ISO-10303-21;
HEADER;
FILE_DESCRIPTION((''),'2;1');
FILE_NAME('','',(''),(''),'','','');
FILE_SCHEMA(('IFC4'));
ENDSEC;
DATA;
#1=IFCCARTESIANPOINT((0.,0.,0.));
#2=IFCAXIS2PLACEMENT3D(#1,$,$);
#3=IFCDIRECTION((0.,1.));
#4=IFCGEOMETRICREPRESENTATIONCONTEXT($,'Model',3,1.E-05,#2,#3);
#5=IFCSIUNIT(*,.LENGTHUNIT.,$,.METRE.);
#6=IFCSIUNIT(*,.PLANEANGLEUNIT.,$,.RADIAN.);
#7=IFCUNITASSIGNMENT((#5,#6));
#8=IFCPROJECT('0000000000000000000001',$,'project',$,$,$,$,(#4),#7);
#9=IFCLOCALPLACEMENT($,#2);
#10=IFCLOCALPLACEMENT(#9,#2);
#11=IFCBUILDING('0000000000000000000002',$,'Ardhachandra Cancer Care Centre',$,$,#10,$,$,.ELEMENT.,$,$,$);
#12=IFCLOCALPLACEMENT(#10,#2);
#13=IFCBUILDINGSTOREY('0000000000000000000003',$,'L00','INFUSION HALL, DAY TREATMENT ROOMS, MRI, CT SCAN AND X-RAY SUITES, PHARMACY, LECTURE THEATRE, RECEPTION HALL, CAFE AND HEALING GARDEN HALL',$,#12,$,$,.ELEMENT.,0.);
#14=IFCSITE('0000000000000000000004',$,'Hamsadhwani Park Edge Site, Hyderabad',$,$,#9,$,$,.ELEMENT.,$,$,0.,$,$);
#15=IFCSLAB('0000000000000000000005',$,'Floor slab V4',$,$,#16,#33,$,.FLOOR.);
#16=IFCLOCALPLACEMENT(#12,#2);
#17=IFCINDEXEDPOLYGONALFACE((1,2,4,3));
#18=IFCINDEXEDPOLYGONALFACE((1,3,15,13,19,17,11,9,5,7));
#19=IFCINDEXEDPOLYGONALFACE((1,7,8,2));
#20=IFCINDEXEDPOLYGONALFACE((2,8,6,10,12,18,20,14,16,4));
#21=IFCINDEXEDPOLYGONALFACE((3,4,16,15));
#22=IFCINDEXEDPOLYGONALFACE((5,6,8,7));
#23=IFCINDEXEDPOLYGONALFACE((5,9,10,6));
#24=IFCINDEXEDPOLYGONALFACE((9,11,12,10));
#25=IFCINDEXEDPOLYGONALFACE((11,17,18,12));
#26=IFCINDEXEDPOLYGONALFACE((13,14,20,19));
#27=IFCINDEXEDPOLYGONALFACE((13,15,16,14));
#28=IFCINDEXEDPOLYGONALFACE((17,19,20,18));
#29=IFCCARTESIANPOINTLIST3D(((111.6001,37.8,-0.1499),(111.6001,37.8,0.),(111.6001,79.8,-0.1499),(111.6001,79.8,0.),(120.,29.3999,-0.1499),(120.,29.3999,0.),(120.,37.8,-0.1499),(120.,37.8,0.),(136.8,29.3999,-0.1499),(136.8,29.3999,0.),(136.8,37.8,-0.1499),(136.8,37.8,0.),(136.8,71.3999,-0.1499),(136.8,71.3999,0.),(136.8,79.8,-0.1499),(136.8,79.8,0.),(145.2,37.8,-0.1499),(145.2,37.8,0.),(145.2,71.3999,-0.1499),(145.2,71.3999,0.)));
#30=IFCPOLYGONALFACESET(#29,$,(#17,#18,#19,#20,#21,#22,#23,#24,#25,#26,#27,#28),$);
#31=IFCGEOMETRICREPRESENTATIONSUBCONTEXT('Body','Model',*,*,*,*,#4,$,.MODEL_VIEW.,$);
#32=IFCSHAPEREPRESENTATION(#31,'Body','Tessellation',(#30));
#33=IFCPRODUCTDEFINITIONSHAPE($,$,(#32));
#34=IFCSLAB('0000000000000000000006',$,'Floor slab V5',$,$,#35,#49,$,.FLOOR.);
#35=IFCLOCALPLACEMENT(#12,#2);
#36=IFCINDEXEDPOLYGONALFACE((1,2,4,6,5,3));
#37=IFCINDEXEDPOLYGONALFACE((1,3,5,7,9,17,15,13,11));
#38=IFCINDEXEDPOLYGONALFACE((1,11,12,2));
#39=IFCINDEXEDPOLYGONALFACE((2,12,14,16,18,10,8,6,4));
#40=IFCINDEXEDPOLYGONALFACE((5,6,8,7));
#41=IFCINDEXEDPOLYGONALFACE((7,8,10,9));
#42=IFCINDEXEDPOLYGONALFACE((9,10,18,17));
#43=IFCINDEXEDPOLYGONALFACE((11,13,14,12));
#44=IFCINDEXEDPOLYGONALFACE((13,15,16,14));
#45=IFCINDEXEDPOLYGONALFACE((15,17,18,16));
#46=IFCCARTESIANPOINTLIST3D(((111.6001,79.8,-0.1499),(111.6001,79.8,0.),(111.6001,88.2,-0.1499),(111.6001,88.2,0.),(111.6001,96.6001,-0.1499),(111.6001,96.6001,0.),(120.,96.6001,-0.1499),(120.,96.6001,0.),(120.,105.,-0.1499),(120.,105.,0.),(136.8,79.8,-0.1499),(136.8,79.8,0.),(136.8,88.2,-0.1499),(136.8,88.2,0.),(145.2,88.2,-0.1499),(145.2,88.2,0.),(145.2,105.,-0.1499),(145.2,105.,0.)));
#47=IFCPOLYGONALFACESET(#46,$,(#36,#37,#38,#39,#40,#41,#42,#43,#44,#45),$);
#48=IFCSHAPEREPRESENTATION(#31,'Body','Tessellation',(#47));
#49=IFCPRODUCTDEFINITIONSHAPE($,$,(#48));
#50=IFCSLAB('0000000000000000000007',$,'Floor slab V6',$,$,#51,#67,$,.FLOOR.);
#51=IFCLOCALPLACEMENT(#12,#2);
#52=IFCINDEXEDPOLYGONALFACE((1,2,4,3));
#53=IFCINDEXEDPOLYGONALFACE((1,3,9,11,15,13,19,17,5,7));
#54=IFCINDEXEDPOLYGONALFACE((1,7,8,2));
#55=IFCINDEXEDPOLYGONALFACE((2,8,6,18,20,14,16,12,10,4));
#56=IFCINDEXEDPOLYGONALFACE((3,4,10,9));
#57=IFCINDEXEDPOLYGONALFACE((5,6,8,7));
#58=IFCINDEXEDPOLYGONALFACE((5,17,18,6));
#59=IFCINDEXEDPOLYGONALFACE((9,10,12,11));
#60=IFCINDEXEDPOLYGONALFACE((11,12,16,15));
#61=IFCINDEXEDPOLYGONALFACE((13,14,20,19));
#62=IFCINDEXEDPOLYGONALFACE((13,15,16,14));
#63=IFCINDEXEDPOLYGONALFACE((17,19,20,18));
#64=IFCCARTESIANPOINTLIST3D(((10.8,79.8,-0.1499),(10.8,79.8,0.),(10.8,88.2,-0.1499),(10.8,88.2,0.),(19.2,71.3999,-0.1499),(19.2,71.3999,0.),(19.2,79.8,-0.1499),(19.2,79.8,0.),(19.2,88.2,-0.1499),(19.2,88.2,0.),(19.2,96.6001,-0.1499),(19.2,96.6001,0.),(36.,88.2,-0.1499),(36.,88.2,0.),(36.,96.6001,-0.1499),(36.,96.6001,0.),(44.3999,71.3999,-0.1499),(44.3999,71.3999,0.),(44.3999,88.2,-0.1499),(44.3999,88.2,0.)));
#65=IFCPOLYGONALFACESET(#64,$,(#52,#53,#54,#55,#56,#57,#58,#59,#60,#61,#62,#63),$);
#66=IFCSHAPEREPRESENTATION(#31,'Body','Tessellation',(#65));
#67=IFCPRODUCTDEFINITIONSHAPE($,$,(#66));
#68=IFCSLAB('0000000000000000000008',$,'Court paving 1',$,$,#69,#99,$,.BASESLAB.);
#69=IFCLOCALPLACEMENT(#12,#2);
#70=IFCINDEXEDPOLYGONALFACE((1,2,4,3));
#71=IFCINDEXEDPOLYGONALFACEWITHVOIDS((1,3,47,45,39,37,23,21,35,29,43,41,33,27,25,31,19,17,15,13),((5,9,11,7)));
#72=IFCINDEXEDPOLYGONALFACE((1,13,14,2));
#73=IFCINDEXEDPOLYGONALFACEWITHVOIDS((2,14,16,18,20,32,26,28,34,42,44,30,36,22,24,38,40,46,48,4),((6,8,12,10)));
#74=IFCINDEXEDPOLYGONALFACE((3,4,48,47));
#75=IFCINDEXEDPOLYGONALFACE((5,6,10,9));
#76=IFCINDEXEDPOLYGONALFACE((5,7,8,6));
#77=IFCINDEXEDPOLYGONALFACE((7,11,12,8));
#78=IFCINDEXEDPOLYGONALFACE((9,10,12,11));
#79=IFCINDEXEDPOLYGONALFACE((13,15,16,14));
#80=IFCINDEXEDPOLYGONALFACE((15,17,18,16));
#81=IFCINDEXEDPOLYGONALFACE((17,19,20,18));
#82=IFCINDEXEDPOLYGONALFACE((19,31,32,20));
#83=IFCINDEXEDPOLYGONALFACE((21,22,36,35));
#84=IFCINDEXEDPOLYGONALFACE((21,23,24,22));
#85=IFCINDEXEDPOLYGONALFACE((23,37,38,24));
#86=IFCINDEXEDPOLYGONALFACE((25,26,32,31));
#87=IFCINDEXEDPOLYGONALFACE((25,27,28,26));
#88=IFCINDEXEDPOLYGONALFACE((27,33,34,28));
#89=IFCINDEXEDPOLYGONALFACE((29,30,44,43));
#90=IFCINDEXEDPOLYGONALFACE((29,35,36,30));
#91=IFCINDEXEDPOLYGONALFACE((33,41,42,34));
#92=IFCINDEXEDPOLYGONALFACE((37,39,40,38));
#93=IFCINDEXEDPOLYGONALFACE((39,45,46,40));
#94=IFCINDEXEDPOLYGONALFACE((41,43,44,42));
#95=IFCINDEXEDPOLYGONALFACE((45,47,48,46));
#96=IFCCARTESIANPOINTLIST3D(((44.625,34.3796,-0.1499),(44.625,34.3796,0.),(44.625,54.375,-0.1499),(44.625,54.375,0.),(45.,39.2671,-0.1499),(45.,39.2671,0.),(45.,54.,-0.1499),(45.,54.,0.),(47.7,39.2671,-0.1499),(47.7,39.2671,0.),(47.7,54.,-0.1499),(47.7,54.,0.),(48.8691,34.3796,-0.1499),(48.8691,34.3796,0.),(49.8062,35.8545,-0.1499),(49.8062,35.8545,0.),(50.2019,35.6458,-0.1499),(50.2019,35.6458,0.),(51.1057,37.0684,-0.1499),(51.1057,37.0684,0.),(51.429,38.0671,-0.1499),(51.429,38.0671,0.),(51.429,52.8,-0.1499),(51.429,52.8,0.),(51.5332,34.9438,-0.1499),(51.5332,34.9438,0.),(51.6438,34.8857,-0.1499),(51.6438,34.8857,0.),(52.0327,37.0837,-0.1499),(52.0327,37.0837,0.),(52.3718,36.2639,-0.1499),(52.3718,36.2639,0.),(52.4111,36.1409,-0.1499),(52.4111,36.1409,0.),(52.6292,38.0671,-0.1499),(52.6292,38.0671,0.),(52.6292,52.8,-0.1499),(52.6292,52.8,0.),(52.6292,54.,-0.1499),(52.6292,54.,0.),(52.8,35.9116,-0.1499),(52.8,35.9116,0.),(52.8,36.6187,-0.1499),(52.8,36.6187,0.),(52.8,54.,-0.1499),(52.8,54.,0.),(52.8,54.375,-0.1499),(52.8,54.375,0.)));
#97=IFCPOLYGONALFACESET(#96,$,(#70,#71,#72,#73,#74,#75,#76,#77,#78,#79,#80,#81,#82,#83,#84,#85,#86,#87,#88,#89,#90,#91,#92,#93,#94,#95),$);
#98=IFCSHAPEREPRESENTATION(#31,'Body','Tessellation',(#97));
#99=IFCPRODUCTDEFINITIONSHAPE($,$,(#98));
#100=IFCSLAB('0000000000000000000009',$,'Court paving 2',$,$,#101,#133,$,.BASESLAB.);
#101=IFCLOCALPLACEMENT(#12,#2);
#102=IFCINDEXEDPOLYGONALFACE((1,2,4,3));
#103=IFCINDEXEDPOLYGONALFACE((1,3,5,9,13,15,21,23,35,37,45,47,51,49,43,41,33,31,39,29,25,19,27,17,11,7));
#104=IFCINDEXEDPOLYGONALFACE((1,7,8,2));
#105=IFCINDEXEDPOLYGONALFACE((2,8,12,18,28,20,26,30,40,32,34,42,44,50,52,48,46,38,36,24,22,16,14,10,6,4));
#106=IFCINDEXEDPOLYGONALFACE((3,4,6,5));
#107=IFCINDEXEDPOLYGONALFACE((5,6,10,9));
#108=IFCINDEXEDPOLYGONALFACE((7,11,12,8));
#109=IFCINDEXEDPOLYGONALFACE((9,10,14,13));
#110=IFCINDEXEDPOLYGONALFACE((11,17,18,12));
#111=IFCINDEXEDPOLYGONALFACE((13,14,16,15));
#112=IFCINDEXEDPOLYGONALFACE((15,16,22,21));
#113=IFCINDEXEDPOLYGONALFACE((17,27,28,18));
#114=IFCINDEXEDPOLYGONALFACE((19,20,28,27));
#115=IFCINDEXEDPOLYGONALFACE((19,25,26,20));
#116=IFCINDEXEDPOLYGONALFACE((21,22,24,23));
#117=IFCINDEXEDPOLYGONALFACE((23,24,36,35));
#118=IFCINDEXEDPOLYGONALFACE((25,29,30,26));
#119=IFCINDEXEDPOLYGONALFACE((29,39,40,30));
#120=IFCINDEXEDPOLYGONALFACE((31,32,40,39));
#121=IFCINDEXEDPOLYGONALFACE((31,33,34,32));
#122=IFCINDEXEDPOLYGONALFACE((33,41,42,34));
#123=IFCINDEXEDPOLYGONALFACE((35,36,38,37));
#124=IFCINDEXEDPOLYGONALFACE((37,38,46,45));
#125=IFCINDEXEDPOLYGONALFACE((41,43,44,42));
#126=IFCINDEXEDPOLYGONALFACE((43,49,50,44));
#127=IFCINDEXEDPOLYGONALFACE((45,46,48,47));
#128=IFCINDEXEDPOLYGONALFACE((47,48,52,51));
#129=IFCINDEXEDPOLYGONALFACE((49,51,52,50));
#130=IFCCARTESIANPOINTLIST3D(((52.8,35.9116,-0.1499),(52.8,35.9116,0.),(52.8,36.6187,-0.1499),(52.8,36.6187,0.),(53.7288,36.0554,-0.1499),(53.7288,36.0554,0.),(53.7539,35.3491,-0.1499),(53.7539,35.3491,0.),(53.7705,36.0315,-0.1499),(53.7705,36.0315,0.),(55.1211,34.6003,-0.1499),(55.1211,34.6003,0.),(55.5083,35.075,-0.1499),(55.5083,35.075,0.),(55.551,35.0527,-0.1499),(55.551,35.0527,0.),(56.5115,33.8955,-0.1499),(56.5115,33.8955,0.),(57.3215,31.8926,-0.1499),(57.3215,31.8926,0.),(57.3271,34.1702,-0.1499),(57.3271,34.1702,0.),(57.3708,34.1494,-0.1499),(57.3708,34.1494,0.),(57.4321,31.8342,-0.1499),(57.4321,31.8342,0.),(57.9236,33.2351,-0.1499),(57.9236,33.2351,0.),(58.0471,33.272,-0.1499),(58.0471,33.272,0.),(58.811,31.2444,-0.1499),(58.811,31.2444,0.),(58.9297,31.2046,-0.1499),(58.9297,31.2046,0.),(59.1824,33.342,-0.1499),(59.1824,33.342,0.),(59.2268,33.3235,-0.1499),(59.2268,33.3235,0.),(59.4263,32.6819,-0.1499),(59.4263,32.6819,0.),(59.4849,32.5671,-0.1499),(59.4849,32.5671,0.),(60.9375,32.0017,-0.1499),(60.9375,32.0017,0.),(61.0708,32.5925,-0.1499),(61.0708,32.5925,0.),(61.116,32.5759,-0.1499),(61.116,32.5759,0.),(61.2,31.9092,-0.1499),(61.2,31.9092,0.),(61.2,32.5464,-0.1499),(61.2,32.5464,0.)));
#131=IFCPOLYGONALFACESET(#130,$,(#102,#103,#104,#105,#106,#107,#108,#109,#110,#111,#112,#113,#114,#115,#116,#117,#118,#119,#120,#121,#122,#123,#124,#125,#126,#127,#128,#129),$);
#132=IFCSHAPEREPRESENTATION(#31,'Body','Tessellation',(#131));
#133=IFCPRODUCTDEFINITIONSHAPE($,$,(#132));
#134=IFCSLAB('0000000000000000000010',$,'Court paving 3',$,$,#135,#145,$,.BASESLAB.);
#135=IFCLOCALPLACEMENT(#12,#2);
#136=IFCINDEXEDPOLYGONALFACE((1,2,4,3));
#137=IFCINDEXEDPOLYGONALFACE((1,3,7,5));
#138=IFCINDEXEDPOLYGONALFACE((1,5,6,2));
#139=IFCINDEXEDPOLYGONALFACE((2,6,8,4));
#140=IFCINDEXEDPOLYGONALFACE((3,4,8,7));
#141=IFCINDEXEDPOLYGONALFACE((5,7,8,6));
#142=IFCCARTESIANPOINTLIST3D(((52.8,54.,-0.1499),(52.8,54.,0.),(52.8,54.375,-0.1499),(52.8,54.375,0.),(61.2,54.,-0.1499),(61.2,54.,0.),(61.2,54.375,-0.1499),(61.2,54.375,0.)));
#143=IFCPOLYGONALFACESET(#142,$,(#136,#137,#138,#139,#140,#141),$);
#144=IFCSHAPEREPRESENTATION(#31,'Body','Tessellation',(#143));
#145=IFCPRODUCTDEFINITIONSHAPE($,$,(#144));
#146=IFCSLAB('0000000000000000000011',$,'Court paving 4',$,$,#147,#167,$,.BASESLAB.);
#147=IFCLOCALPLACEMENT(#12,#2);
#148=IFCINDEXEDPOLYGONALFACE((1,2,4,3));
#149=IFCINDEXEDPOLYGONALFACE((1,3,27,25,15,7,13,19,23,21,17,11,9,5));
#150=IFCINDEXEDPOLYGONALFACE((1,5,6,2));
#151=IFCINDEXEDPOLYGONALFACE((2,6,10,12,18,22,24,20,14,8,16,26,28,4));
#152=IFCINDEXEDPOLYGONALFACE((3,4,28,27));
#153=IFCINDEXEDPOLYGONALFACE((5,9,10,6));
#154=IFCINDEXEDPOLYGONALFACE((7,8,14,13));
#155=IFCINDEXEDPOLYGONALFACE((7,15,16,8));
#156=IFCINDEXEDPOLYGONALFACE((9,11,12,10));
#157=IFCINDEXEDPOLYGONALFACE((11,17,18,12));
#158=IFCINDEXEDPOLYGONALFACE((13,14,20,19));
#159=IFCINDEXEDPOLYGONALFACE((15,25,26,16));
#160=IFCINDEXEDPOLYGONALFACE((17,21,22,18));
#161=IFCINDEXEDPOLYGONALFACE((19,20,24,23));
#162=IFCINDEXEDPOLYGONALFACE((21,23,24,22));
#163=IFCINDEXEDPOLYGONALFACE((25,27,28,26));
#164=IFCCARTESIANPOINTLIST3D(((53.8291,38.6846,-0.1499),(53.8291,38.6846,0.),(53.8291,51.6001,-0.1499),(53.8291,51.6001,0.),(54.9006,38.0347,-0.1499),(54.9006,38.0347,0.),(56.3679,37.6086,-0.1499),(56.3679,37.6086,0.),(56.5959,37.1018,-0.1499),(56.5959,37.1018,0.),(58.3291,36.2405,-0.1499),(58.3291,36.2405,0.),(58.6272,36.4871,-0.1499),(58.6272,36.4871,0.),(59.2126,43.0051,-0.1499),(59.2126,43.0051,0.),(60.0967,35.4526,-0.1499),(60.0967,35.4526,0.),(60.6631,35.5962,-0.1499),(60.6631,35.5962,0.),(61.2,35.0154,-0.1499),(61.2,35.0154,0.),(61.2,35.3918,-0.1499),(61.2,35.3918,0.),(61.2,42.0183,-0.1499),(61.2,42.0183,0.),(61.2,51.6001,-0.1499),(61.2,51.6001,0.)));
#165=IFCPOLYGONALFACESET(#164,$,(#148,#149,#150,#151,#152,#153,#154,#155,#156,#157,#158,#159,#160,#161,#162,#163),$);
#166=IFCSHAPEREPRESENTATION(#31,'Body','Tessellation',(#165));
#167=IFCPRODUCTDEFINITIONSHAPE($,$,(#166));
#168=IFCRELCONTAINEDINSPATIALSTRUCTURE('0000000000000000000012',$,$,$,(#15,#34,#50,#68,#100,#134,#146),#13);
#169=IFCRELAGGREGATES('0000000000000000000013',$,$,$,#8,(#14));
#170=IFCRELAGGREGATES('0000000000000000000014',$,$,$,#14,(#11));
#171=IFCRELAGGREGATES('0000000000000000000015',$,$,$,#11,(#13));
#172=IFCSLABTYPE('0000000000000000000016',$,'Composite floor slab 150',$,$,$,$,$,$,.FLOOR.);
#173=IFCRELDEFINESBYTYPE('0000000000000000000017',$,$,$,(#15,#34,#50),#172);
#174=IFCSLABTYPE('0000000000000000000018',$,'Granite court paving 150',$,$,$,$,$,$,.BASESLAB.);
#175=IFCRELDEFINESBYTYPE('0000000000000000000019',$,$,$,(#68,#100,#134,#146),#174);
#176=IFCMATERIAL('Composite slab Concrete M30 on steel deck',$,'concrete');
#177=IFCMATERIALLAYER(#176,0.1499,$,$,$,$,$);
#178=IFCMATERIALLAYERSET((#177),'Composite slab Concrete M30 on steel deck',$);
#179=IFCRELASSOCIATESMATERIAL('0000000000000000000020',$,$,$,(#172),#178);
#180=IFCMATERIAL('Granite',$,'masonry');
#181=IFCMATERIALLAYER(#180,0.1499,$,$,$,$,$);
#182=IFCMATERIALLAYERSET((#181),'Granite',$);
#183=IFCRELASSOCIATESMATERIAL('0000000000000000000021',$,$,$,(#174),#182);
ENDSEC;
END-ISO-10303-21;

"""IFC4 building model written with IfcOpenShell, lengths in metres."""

from ifc_helpers import new_model, si_unit, direction, frame, origin, place, context, subcontext, project, spatial, polyline, outline, extrude, material, layer, layer_set, type_object, element, save


model = new_model("IFC4")

# Units and contexts
model_context = context("Model", 3, precision=1e-05, world=origin(), true_north=direction((0.0, 1.0)))
body_context = subcontext(model_context, "Body", "Model", "MODEL_VIEW")
ifc_project = project(units=[si_unit("LENGTHUNIT", "METRE"), si_unit("PLANEANGLEUNIT", "RADIAN")], contexts=[model_context])

# Site, building, storey
site_placement = place(None, origin())
site = spatial("IfcSite", under=ifc_project, at=site_placement, Name="Hamsadhwani Park Edge Site, Hyderabad", CompositionType="ELEMENT", RefElevation=0.0)
building_placement = place(site_placement, origin())
building = spatial("IfcBuilding", under=site, at=building_placement, Name="Ardhachandra Cancer Care Centre", CompositionType="ELEMENT")
storey_placement = place(building_placement, origin())
storey = spatial("IfcBuildingStorey", under=building, at=storey_placement, Name="L00", Description="INFUSION HALL, DAY TREATMENT ROOMS, MRI, CT SCAN AND X-RAY SUITES, PHARMACY, LECTURE THEATRE, RECEPTION HALL, CAFE AND HEALING GARDEN HALL", CompositionType="ELEMENT", Elevation=0.0)

# Slabs
ifc_material_1 = material(Name="Composite slab Concrete M30 on steel deck", Category="concrete")
ifc_layer_1 = layer(ifc_material_1, 0.1499)
ifc_layer_set_1 = layer_set([ifc_layer_1], Name="Composite slab Concrete M30 on steel deck")
slab_type_1 = type_object("IfcSlabType", Name="Composite floor slab 150", PredefinedType="FLOOR", material=ifc_layer_set_1)
slab_1_placement = place(storey_placement, frame((0.0, 0.0, -0.1499)))
element("IfcSlab", 1, at=slab_1_placement, inside=storey, type_object=slab_type_1, Name="Floor slab V4", PredefinedType="FLOOR", context=body_context, shape_type="SweptSolid", body=[
    extrude(outline(polyline([(145.2, 71.3999), (136.8, 71.3999), (136.8, 79.8), (111.6001, 79.8), (111.6001, 37.8), (120.0, 37.8), (120.0, 29.3999), (136.8, 29.3999), (136.8, 37.8), (145.2, 37.8), (145.2, 71.3999)])), origin(), (0.0, 0.0, 1.0), 0.1499),
])
slab_2_placement = place(storey_placement, frame((0.0, 0.0, -0.1499)))
element("IfcSlab", 2, at=slab_2_placement, inside=storey, type_object=slab_type_1, Name="Floor slab V5", PredefinedType="FLOOR", context=body_context, shape_type="SweptSolid", body=[
    extrude(outline(polyline([(120.0, 105.0), (120.0, 96.6001), (111.6001, 96.6001), (111.6001, 88.2), (111.6001, 79.8), (136.8, 79.8), (136.8, 88.2), (145.2, 88.2), (145.2, 105.0), (120.0, 105.0)])), origin(), (0.0, 0.0, 1.0), 0.1499),
])
slab_3_placement = place(storey_placement, frame((0.0, 0.0, -0.1499)))
element("IfcSlab", 3, at=slab_3_placement, inside=storey, type_object=slab_type_1, Name="Floor slab V6", PredefinedType="FLOOR", context=body_context, shape_type="SweptSolid", body=[
    extrude(outline(polyline([(44.3999, 88.2), (36.0, 88.2), (36.0, 96.6001), (19.2, 96.6001), (19.2, 88.2), (10.8, 88.2), (10.8, 79.8), (19.2, 79.8), (19.2, 71.3999), (44.3999, 71.3999), (44.3999, 88.2)])), origin(), (0.0, 0.0, 1.0), 0.1499),
])
ifc_material_2 = material(Name="Granite", Category="masonry")
ifc_layer_2 = layer(ifc_material_2, 0.1499)
ifc_layer_set_2 = layer_set([ifc_layer_2], Name="Granite")
slab_type_2 = type_object("IfcSlabType", Name="Granite court paving 150", PredefinedType="BASESLAB", material=ifc_layer_set_2)
slab_4_placement = place(storey_placement, frame((0.0, 0.0, -0.1499)))
element("IfcSlab", 4, at=slab_4_placement, inside=storey, type_object=slab_type_2, Name="Court paving 1", PredefinedType="BASESLAB", context=body_context, shape_type="SweptSolid", body=[
    extrude(outline(polyline([(52.4111, 36.1409), (52.8, 35.9116), (52.8, 36.6187), (52.0327, 37.0837), (52.6292, 38.0671), (51.429, 38.0671), (51.429, 52.8), (52.6292, 52.8), (52.6292, 54.0), (52.8, 54.0), (52.8, 54.375), (44.625, 54.375), (44.625, 34.3796), (48.8691, 34.3796), (49.8062, 35.8545), (50.2019, 35.6458), (51.1057, 37.0684), (52.3718, 36.2639), (51.5332, 34.9438), (51.6438, 34.8857), (52.4111, 36.1409)]), holes=[polyline([(45.0, 54.0), (45.0, 39.2671), (47.7, 39.2671), (47.7, 54.0), (45.0, 54.0)])]), origin(), (0.0, 0.0, 1.0), 0.1499),
])
slab_5_placement = place(storey_placement, frame((0.0, 0.0, -0.1499)))
element("IfcSlab", 5, at=slab_5_placement, inside=storey, type_object=slab_type_2, Name="Court paving 2", PredefinedType="BASESLAB", context=body_context, shape_type="SweptSolid", body=[
    extrude(outline(polyline([(60.9375, 32.0017), (61.2, 31.9092), (61.2, 32.5464), (61.116, 32.5759), (61.0708, 32.5925), (59.2268, 33.3235), (59.1824, 33.342), (57.3708, 34.1494), (57.3271, 34.1702), (55.551, 35.0527), (55.5083, 35.075), (53.7705, 36.0315), (53.7288, 36.0554), (52.8, 36.6187), (52.8, 35.9116), (53.7539, 35.3491), (55.1211, 34.6003), (56.5115, 33.8955), (57.9236, 33.2351), (57.3215, 31.8926), (57.4321, 31.8342), (58.0471, 33.272), (59.4263, 32.6819), (58.811, 31.2444), (61.2, 30.4436), (58.9297, 31.2046), (59.4849, 32.5671), (60.9375, 32.0017)])), origin(), (0.0, 0.0, 1.0), 0.1499),
])
slab_6_placement = place(storey_placement, frame((0.0, 0.0, -0.1499)))
element("IfcSlab", 6, at=slab_6_placement, inside=storey, type_object=slab_type_2, Name="Court paving 3", PredefinedType="BASESLAB", context=body_context, shape_type="SweptSolid", body=[
    extrude(outline(polyline([(61.2, 54.375), (52.8, 54.375), (52.8, 54.0), (61.2, 54.0), (61.2, 54.375)])), origin(), (0.0, 0.0, 1.0), 0.1499),
])
slab_7_placement = place(storey_placement, frame((0.0, 0.0, -0.1499)))
element("IfcSlab", 7, at=slab_7_placement, inside=storey, type_object=slab_type_2, Name="Court paving 4", PredefinedType="BASESLAB", context=body_context, shape_type="SweptSolid", body=[
    extrude(outline(polyline([(60.0967, 35.4526), (61.2, 35.0154), (61.2, 35.3918), (60.6631, 35.5962), (58.6272, 36.4871), (56.3679, 37.6086), (59.2126, 43.0051), (61.2, 42.0183), (61.2, 51.6001), (53.8291, 51.6001), (53.8291, 38.6846), (54.9006, 38.0347), (56.5959, 37.1018), (58.3291, 36.2405), (60.0967, 35.4526)])), origin(), (0.0, 0.0, 1.0), 0.1499),
])

save(model, "model.ifc")
